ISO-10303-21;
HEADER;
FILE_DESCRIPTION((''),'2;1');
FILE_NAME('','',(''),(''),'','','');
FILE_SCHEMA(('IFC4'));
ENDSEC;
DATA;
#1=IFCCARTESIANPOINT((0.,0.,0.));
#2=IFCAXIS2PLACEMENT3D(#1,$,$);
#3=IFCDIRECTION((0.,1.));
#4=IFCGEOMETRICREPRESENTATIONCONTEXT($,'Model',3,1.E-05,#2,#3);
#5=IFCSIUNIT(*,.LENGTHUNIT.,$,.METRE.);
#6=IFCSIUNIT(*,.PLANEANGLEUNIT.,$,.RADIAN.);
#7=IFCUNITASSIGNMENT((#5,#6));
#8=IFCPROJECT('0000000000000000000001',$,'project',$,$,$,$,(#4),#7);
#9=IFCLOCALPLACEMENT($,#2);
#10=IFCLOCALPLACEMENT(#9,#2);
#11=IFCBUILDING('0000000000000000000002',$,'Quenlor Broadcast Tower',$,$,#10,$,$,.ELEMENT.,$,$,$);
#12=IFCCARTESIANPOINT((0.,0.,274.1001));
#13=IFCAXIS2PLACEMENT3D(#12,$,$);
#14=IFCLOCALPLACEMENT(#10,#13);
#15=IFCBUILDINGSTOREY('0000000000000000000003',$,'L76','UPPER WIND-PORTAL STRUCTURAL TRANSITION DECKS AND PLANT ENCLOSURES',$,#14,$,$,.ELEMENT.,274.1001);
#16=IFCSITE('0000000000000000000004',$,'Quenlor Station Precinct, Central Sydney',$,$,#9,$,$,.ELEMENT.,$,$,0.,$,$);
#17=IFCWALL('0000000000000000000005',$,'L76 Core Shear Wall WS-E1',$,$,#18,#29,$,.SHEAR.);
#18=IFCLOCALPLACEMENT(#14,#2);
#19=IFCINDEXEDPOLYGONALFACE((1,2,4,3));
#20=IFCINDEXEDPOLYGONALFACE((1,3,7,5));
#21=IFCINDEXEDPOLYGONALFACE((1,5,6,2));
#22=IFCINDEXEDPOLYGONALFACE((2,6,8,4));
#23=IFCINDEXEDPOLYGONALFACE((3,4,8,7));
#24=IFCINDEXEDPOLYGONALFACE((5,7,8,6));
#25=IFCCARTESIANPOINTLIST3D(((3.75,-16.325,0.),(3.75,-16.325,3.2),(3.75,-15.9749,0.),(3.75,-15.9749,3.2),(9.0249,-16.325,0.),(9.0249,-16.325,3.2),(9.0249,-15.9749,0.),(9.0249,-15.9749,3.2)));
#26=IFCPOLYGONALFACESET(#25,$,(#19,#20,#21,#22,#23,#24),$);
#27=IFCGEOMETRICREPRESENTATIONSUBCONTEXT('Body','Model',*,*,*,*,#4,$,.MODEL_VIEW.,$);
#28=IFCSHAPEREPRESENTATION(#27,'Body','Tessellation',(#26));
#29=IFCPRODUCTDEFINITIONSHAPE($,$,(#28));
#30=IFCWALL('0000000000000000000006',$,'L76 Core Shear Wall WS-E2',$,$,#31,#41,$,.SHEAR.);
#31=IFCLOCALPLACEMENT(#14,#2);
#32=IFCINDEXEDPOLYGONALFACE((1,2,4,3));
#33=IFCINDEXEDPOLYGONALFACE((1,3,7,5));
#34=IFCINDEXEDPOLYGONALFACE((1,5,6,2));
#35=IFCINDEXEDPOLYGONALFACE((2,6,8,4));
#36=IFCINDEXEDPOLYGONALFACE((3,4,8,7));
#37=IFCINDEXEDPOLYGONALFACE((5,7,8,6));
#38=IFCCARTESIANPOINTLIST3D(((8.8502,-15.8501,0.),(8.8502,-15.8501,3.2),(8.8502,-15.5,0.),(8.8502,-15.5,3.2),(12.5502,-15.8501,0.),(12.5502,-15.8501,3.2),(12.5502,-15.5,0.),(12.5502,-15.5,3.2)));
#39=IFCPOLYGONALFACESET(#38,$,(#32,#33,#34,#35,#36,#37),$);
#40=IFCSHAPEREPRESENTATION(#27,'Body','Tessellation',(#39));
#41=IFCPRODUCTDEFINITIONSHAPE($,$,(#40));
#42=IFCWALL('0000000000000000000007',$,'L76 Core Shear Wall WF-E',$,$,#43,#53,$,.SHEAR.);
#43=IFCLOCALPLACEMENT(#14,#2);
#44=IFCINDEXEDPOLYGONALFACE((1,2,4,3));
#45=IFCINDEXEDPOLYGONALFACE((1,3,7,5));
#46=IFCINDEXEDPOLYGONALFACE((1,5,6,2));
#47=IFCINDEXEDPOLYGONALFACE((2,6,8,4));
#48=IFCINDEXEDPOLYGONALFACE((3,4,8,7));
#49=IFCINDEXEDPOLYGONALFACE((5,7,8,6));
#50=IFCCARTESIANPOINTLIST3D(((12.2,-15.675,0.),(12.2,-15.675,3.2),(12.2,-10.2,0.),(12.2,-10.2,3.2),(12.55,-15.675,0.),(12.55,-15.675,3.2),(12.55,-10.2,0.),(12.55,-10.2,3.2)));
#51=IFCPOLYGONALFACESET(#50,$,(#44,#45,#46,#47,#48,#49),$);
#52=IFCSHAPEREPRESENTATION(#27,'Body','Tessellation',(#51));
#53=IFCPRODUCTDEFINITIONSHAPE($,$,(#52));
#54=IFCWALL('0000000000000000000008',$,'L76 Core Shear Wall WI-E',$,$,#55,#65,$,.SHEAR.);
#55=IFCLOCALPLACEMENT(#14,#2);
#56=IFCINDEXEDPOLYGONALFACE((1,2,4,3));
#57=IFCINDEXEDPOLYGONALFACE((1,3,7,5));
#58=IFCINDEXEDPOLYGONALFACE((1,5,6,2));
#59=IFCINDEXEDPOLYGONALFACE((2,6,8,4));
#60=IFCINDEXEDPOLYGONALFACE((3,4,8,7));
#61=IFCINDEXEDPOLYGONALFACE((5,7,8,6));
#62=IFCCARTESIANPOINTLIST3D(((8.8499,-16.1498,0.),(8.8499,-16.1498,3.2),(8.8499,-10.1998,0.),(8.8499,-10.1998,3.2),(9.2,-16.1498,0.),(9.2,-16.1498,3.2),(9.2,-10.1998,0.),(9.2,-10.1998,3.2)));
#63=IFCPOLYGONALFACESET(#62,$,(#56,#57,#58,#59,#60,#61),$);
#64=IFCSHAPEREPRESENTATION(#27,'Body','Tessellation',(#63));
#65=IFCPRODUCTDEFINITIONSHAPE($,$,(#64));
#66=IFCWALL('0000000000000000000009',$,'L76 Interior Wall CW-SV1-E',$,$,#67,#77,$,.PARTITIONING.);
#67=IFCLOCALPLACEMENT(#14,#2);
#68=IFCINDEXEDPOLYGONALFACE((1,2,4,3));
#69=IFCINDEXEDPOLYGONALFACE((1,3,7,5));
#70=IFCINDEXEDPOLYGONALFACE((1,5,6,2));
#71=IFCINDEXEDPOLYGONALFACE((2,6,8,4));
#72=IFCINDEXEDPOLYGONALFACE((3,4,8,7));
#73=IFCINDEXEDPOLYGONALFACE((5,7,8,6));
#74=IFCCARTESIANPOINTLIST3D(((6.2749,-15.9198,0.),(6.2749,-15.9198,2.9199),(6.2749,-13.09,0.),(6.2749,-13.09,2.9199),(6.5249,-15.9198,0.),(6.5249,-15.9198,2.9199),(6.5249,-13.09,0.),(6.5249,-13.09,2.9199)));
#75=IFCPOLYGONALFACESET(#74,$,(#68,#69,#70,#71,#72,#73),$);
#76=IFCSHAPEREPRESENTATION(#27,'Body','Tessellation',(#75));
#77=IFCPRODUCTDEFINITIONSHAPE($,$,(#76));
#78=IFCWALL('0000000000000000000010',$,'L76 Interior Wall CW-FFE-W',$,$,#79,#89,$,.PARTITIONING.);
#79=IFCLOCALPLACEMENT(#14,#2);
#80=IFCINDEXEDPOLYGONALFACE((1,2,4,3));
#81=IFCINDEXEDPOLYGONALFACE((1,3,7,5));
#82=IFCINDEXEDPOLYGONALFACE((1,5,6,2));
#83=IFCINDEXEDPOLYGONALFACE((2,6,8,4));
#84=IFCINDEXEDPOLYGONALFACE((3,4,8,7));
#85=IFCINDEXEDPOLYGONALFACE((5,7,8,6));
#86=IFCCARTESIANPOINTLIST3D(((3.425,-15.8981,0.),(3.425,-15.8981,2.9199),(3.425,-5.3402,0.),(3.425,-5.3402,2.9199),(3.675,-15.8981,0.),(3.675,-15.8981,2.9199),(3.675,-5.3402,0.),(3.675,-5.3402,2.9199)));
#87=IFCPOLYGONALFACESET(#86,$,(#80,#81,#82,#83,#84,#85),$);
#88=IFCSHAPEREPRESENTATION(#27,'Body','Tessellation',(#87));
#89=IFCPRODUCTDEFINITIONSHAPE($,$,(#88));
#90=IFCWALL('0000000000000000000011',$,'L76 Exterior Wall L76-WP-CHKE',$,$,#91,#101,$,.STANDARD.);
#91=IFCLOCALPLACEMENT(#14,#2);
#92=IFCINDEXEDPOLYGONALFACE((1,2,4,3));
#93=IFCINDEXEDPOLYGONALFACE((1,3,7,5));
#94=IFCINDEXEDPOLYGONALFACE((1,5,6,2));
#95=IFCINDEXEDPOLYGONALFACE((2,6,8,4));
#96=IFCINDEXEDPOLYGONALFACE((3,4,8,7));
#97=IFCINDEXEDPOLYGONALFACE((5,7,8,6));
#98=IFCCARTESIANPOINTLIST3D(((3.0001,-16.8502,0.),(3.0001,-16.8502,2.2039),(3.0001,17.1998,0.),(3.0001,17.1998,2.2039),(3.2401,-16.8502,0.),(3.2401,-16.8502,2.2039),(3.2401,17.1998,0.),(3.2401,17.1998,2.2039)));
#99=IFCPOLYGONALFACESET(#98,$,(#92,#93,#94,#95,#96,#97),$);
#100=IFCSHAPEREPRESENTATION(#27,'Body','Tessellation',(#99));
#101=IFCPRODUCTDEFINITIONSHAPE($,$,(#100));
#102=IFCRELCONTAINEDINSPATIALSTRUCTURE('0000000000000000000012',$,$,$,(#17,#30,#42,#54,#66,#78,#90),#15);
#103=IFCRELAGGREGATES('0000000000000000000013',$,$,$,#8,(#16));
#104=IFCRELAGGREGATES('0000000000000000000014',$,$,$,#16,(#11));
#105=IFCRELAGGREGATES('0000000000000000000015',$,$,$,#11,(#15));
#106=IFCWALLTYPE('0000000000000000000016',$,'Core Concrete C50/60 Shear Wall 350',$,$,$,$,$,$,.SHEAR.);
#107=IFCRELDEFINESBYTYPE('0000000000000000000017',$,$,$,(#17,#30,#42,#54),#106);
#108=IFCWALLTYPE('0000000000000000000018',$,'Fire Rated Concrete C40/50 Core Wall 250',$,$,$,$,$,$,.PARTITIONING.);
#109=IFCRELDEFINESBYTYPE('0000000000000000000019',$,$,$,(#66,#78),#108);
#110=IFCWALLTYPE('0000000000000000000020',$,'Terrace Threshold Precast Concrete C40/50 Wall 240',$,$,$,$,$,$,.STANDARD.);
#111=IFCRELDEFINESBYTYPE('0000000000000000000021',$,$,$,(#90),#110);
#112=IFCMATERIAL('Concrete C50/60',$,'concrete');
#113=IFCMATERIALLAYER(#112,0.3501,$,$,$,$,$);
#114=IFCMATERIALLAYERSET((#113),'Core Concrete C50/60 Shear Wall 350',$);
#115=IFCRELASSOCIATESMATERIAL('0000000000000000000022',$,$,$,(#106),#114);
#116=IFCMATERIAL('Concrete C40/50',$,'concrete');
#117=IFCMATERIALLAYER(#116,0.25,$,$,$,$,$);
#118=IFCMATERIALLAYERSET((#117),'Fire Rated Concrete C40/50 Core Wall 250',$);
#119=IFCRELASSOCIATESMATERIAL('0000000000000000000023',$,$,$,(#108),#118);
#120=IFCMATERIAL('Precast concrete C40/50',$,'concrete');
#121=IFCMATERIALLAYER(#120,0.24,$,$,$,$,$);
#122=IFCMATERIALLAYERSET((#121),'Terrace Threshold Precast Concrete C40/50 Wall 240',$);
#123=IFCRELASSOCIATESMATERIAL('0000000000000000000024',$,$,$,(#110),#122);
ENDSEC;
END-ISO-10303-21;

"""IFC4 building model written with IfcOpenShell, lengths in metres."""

from ifc_helpers import new_model, si_unit, direction, frame, frame_2d, origin, place, context, subcontext, project, spatial, rectangle, extrude, material, layer, layer_set, type_object, element, save


model = new_model("IFC4")

# Units and contexts
model_context = context("Model", 3, precision=1e-05, world=origin(), true_north=direction((0.0, 1.0)))
body_context = subcontext(model_context, "Body", "Model", "MODEL_VIEW")
ifc_project = project(units=[si_unit("LENGTHUNIT", "METRE"), si_unit("PLANEANGLEUNIT", "RADIAN")], contexts=[model_context])

# Site, building, storey
site_placement = place(None, origin())
site = spatial("IfcSite", under=ifc_project, at=site_placement, Name="Quenlor Station Precinct, Central Sydney", CompositionType="ELEMENT", RefElevation=0.0)
building_placement = place(site_placement, origin())
building = spatial("IfcBuilding", under=site, at=building_placement, Name="Quenlor Broadcast Tower", CompositionType="ELEMENT")
storey_placement = place(building_placement, frame((0.0, 0.0, 274.1001)))
storey = spatial("IfcBuildingStorey", under=building, at=storey_placement, Name="L76", Description="UPPER WIND-PORTAL STRUCTURAL TRANSITION DECKS AND PLANT ENCLOSURES", CompositionType="ELEMENT", Elevation=274.1001)

# Walls
ifc_material_1 = material(Name="Concrete C50/60", Category="concrete")
ifc_layer_1 = layer(ifc_material_1, 0.3501)
ifc_layer_set_1 = layer_set([ifc_layer_1], Name="Core Concrete C50/60 Shear Wall 350")
wall_type_1 = type_object("IfcWallType", Name="Core Concrete C50/60 Shear Wall 350", PredefinedType="SHEAR", material=ifc_layer_set_1)
wall_1_placement = place(storey_placement, frame((3.75, -16.1499, 0.0), z_axis=(0.0, 0.0, 1.0), x_axis=(1.0, 0.0, 0.0)))
element("IfcWall", 1, at=wall_1_placement, inside=storey, type_object=wall_type_1, Name="L76 Core Shear Wall WS-E1", PredefinedType="SHEAR", context=body_context, shape_type="SweptSolid", body=[
    extrude(rectangle(XDim=5.2749, YDim=0.3501, at=frame_2d((2.6375, 0.0))), origin(), (0.0, 0.0, 1.0), 3.2),
])
wall_2_placement = place(storey_placement, frame((8.8501, -15.675, 0.0), z_axis=(0.0, 0.0, 1.0), x_axis=(1.0, 0.0, 0.0)))
element("IfcWall", 2, at=wall_2_placement, inside=storey, type_object=wall_type_1, Name="L76 Core Shear Wall WS-E2", PredefinedType="SHEAR", context=body_context, shape_type="SweptSolid", body=[
    extrude(rectangle(XDim=3.7, YDim=0.3501, at=frame_2d((1.8501, 0.0))), origin(), (0.0, 0.0, 1.0), 3.2),
])
wall_3_placement = place(storey_placement, frame((12.375, -15.675, 0.0), z_axis=(0.0, 0.0, 1.0), x_axis=(0.0, 1.0, 0.0)))
element("IfcWall", 3, at=wall_3_placement, inside=storey, type_object=wall_type_1, Name="L76 Core Shear Wall WF-E", PredefinedType="SHEAR", context=body_context, shape_type="SweptSolid", body=[
    extrude(rectangle(XDim=5.4751, YDim=0.3501, at=frame_2d((2.7375, 0.0))), origin(), (0.0, 0.0, 1.0), 3.2),
])
wall_4_placement = place(storey_placement, frame((9.0249, -16.1499, 0.0), z_axis=(0.0, 0.0, 1.0), x_axis=(0.0, 1.0, 0.0)))
element("IfcWall", 4, at=wall_4_placement, inside=storey, type_object=wall_type_1, Name="L76 Core Shear Wall WI-E", PredefinedType="SHEAR", context=body_context, shape_type="SweptSolid", body=[
    extrude(rectangle(XDim=5.95, YDim=0.3501, at=frame_2d((2.9751, 0.0))), origin(), (0.0, 0.0, 1.0), 3.2),
])

# Shared definitions
ifc_material_2 = material(Name="Concrete C40/50", Category="concrete")
ifc_layer_2 = layer(ifc_material_2, 0.25)
ifc_layer_set_2 = layer_set([ifc_layer_2], Name="Fire Rated Concrete C40/50 Core Wall 250")
wall_type_2 = type_object("IfcWallType", Name="Fire Rated Concrete C40/50 Core Wall 250", PredefinedType="PARTITIONING", material=ifc_layer_set_2)

# Walls
wall_5_placement = place(storey_placement, frame((6.3999, -15.9199, 0.0), z_axis=(0.0, 0.0, 1.0), x_axis=(0.0, 1.0, 0.0)))
element("IfcWall", 5, at=wall_5_placement, inside=storey, type_object=wall_type_2, Name="L76 Interior Wall CW-SV1-E", PredefinedType="PARTITIONING", context=body_context, shape_type="SweptSolid", body=[
    extrude(rectangle(XDim=2.8298, YDim=0.25, at=frame_2d((1.415, 0.0))), origin(), (0.0, 0.0, 1.0), 2.9199),
])
wall_6_placement = place(storey_placement, frame((3.55, -15.8979, 0.0), z_axis=(0.0, 0.0, 1.0), x_axis=(0.0, 1.0, 0.0)))
element("IfcWall", 6, at=wall_6_placement, inside=storey, type_object=wall_type_2, Name="L76 Interior Wall CW-FFE-W", PredefinedType="PARTITIONING", context=body_context, shape_type="SweptSolid", body=[
    extrude(rectangle(XDim=10.5579, YDim=0.25, at=frame_2d((5.2788, 0.0))), origin(), (0.0, 0.0, 1.0), 2.9199),
])
ifc_material_3 = material(Name="Precast concrete C40/50", Category="concrete")
ifc_layer_3 = layer(ifc_material_3, 0.24)
ifc_layer_set_3 = layer_set([ifc_layer_3], Name="Terrace Threshold Precast Concrete C40/50 Wall 240")
wall_type_3 = type_object("IfcWallType", Name="Terrace Threshold Precast Concrete C40/50 Wall 240", PredefinedType="STANDARD", material=ifc_layer_set_3)
wall_7_placement = place(storey_placement, frame((3.1201, -16.8501, 0.0), z_axis=(0.0, 0.0, 1.0), x_axis=(0.0, 1.0, 0.0)))
element("IfcWall", 7, at=wall_7_placement, inside=storey, type_object=wall_type_3, Name="L76 Exterior Wall L76-WP-CHKE", PredefinedType="STANDARD", context=body_context, shape_type="SweptSolid", body=[
    extrude(rectangle(XDim=34.05, YDim=0.24, at=frame_2d((17.0249, 0.0))), origin(), (0.0, 0.0, 1.0), 2.2039),
])

save(model, "model.ifc")
